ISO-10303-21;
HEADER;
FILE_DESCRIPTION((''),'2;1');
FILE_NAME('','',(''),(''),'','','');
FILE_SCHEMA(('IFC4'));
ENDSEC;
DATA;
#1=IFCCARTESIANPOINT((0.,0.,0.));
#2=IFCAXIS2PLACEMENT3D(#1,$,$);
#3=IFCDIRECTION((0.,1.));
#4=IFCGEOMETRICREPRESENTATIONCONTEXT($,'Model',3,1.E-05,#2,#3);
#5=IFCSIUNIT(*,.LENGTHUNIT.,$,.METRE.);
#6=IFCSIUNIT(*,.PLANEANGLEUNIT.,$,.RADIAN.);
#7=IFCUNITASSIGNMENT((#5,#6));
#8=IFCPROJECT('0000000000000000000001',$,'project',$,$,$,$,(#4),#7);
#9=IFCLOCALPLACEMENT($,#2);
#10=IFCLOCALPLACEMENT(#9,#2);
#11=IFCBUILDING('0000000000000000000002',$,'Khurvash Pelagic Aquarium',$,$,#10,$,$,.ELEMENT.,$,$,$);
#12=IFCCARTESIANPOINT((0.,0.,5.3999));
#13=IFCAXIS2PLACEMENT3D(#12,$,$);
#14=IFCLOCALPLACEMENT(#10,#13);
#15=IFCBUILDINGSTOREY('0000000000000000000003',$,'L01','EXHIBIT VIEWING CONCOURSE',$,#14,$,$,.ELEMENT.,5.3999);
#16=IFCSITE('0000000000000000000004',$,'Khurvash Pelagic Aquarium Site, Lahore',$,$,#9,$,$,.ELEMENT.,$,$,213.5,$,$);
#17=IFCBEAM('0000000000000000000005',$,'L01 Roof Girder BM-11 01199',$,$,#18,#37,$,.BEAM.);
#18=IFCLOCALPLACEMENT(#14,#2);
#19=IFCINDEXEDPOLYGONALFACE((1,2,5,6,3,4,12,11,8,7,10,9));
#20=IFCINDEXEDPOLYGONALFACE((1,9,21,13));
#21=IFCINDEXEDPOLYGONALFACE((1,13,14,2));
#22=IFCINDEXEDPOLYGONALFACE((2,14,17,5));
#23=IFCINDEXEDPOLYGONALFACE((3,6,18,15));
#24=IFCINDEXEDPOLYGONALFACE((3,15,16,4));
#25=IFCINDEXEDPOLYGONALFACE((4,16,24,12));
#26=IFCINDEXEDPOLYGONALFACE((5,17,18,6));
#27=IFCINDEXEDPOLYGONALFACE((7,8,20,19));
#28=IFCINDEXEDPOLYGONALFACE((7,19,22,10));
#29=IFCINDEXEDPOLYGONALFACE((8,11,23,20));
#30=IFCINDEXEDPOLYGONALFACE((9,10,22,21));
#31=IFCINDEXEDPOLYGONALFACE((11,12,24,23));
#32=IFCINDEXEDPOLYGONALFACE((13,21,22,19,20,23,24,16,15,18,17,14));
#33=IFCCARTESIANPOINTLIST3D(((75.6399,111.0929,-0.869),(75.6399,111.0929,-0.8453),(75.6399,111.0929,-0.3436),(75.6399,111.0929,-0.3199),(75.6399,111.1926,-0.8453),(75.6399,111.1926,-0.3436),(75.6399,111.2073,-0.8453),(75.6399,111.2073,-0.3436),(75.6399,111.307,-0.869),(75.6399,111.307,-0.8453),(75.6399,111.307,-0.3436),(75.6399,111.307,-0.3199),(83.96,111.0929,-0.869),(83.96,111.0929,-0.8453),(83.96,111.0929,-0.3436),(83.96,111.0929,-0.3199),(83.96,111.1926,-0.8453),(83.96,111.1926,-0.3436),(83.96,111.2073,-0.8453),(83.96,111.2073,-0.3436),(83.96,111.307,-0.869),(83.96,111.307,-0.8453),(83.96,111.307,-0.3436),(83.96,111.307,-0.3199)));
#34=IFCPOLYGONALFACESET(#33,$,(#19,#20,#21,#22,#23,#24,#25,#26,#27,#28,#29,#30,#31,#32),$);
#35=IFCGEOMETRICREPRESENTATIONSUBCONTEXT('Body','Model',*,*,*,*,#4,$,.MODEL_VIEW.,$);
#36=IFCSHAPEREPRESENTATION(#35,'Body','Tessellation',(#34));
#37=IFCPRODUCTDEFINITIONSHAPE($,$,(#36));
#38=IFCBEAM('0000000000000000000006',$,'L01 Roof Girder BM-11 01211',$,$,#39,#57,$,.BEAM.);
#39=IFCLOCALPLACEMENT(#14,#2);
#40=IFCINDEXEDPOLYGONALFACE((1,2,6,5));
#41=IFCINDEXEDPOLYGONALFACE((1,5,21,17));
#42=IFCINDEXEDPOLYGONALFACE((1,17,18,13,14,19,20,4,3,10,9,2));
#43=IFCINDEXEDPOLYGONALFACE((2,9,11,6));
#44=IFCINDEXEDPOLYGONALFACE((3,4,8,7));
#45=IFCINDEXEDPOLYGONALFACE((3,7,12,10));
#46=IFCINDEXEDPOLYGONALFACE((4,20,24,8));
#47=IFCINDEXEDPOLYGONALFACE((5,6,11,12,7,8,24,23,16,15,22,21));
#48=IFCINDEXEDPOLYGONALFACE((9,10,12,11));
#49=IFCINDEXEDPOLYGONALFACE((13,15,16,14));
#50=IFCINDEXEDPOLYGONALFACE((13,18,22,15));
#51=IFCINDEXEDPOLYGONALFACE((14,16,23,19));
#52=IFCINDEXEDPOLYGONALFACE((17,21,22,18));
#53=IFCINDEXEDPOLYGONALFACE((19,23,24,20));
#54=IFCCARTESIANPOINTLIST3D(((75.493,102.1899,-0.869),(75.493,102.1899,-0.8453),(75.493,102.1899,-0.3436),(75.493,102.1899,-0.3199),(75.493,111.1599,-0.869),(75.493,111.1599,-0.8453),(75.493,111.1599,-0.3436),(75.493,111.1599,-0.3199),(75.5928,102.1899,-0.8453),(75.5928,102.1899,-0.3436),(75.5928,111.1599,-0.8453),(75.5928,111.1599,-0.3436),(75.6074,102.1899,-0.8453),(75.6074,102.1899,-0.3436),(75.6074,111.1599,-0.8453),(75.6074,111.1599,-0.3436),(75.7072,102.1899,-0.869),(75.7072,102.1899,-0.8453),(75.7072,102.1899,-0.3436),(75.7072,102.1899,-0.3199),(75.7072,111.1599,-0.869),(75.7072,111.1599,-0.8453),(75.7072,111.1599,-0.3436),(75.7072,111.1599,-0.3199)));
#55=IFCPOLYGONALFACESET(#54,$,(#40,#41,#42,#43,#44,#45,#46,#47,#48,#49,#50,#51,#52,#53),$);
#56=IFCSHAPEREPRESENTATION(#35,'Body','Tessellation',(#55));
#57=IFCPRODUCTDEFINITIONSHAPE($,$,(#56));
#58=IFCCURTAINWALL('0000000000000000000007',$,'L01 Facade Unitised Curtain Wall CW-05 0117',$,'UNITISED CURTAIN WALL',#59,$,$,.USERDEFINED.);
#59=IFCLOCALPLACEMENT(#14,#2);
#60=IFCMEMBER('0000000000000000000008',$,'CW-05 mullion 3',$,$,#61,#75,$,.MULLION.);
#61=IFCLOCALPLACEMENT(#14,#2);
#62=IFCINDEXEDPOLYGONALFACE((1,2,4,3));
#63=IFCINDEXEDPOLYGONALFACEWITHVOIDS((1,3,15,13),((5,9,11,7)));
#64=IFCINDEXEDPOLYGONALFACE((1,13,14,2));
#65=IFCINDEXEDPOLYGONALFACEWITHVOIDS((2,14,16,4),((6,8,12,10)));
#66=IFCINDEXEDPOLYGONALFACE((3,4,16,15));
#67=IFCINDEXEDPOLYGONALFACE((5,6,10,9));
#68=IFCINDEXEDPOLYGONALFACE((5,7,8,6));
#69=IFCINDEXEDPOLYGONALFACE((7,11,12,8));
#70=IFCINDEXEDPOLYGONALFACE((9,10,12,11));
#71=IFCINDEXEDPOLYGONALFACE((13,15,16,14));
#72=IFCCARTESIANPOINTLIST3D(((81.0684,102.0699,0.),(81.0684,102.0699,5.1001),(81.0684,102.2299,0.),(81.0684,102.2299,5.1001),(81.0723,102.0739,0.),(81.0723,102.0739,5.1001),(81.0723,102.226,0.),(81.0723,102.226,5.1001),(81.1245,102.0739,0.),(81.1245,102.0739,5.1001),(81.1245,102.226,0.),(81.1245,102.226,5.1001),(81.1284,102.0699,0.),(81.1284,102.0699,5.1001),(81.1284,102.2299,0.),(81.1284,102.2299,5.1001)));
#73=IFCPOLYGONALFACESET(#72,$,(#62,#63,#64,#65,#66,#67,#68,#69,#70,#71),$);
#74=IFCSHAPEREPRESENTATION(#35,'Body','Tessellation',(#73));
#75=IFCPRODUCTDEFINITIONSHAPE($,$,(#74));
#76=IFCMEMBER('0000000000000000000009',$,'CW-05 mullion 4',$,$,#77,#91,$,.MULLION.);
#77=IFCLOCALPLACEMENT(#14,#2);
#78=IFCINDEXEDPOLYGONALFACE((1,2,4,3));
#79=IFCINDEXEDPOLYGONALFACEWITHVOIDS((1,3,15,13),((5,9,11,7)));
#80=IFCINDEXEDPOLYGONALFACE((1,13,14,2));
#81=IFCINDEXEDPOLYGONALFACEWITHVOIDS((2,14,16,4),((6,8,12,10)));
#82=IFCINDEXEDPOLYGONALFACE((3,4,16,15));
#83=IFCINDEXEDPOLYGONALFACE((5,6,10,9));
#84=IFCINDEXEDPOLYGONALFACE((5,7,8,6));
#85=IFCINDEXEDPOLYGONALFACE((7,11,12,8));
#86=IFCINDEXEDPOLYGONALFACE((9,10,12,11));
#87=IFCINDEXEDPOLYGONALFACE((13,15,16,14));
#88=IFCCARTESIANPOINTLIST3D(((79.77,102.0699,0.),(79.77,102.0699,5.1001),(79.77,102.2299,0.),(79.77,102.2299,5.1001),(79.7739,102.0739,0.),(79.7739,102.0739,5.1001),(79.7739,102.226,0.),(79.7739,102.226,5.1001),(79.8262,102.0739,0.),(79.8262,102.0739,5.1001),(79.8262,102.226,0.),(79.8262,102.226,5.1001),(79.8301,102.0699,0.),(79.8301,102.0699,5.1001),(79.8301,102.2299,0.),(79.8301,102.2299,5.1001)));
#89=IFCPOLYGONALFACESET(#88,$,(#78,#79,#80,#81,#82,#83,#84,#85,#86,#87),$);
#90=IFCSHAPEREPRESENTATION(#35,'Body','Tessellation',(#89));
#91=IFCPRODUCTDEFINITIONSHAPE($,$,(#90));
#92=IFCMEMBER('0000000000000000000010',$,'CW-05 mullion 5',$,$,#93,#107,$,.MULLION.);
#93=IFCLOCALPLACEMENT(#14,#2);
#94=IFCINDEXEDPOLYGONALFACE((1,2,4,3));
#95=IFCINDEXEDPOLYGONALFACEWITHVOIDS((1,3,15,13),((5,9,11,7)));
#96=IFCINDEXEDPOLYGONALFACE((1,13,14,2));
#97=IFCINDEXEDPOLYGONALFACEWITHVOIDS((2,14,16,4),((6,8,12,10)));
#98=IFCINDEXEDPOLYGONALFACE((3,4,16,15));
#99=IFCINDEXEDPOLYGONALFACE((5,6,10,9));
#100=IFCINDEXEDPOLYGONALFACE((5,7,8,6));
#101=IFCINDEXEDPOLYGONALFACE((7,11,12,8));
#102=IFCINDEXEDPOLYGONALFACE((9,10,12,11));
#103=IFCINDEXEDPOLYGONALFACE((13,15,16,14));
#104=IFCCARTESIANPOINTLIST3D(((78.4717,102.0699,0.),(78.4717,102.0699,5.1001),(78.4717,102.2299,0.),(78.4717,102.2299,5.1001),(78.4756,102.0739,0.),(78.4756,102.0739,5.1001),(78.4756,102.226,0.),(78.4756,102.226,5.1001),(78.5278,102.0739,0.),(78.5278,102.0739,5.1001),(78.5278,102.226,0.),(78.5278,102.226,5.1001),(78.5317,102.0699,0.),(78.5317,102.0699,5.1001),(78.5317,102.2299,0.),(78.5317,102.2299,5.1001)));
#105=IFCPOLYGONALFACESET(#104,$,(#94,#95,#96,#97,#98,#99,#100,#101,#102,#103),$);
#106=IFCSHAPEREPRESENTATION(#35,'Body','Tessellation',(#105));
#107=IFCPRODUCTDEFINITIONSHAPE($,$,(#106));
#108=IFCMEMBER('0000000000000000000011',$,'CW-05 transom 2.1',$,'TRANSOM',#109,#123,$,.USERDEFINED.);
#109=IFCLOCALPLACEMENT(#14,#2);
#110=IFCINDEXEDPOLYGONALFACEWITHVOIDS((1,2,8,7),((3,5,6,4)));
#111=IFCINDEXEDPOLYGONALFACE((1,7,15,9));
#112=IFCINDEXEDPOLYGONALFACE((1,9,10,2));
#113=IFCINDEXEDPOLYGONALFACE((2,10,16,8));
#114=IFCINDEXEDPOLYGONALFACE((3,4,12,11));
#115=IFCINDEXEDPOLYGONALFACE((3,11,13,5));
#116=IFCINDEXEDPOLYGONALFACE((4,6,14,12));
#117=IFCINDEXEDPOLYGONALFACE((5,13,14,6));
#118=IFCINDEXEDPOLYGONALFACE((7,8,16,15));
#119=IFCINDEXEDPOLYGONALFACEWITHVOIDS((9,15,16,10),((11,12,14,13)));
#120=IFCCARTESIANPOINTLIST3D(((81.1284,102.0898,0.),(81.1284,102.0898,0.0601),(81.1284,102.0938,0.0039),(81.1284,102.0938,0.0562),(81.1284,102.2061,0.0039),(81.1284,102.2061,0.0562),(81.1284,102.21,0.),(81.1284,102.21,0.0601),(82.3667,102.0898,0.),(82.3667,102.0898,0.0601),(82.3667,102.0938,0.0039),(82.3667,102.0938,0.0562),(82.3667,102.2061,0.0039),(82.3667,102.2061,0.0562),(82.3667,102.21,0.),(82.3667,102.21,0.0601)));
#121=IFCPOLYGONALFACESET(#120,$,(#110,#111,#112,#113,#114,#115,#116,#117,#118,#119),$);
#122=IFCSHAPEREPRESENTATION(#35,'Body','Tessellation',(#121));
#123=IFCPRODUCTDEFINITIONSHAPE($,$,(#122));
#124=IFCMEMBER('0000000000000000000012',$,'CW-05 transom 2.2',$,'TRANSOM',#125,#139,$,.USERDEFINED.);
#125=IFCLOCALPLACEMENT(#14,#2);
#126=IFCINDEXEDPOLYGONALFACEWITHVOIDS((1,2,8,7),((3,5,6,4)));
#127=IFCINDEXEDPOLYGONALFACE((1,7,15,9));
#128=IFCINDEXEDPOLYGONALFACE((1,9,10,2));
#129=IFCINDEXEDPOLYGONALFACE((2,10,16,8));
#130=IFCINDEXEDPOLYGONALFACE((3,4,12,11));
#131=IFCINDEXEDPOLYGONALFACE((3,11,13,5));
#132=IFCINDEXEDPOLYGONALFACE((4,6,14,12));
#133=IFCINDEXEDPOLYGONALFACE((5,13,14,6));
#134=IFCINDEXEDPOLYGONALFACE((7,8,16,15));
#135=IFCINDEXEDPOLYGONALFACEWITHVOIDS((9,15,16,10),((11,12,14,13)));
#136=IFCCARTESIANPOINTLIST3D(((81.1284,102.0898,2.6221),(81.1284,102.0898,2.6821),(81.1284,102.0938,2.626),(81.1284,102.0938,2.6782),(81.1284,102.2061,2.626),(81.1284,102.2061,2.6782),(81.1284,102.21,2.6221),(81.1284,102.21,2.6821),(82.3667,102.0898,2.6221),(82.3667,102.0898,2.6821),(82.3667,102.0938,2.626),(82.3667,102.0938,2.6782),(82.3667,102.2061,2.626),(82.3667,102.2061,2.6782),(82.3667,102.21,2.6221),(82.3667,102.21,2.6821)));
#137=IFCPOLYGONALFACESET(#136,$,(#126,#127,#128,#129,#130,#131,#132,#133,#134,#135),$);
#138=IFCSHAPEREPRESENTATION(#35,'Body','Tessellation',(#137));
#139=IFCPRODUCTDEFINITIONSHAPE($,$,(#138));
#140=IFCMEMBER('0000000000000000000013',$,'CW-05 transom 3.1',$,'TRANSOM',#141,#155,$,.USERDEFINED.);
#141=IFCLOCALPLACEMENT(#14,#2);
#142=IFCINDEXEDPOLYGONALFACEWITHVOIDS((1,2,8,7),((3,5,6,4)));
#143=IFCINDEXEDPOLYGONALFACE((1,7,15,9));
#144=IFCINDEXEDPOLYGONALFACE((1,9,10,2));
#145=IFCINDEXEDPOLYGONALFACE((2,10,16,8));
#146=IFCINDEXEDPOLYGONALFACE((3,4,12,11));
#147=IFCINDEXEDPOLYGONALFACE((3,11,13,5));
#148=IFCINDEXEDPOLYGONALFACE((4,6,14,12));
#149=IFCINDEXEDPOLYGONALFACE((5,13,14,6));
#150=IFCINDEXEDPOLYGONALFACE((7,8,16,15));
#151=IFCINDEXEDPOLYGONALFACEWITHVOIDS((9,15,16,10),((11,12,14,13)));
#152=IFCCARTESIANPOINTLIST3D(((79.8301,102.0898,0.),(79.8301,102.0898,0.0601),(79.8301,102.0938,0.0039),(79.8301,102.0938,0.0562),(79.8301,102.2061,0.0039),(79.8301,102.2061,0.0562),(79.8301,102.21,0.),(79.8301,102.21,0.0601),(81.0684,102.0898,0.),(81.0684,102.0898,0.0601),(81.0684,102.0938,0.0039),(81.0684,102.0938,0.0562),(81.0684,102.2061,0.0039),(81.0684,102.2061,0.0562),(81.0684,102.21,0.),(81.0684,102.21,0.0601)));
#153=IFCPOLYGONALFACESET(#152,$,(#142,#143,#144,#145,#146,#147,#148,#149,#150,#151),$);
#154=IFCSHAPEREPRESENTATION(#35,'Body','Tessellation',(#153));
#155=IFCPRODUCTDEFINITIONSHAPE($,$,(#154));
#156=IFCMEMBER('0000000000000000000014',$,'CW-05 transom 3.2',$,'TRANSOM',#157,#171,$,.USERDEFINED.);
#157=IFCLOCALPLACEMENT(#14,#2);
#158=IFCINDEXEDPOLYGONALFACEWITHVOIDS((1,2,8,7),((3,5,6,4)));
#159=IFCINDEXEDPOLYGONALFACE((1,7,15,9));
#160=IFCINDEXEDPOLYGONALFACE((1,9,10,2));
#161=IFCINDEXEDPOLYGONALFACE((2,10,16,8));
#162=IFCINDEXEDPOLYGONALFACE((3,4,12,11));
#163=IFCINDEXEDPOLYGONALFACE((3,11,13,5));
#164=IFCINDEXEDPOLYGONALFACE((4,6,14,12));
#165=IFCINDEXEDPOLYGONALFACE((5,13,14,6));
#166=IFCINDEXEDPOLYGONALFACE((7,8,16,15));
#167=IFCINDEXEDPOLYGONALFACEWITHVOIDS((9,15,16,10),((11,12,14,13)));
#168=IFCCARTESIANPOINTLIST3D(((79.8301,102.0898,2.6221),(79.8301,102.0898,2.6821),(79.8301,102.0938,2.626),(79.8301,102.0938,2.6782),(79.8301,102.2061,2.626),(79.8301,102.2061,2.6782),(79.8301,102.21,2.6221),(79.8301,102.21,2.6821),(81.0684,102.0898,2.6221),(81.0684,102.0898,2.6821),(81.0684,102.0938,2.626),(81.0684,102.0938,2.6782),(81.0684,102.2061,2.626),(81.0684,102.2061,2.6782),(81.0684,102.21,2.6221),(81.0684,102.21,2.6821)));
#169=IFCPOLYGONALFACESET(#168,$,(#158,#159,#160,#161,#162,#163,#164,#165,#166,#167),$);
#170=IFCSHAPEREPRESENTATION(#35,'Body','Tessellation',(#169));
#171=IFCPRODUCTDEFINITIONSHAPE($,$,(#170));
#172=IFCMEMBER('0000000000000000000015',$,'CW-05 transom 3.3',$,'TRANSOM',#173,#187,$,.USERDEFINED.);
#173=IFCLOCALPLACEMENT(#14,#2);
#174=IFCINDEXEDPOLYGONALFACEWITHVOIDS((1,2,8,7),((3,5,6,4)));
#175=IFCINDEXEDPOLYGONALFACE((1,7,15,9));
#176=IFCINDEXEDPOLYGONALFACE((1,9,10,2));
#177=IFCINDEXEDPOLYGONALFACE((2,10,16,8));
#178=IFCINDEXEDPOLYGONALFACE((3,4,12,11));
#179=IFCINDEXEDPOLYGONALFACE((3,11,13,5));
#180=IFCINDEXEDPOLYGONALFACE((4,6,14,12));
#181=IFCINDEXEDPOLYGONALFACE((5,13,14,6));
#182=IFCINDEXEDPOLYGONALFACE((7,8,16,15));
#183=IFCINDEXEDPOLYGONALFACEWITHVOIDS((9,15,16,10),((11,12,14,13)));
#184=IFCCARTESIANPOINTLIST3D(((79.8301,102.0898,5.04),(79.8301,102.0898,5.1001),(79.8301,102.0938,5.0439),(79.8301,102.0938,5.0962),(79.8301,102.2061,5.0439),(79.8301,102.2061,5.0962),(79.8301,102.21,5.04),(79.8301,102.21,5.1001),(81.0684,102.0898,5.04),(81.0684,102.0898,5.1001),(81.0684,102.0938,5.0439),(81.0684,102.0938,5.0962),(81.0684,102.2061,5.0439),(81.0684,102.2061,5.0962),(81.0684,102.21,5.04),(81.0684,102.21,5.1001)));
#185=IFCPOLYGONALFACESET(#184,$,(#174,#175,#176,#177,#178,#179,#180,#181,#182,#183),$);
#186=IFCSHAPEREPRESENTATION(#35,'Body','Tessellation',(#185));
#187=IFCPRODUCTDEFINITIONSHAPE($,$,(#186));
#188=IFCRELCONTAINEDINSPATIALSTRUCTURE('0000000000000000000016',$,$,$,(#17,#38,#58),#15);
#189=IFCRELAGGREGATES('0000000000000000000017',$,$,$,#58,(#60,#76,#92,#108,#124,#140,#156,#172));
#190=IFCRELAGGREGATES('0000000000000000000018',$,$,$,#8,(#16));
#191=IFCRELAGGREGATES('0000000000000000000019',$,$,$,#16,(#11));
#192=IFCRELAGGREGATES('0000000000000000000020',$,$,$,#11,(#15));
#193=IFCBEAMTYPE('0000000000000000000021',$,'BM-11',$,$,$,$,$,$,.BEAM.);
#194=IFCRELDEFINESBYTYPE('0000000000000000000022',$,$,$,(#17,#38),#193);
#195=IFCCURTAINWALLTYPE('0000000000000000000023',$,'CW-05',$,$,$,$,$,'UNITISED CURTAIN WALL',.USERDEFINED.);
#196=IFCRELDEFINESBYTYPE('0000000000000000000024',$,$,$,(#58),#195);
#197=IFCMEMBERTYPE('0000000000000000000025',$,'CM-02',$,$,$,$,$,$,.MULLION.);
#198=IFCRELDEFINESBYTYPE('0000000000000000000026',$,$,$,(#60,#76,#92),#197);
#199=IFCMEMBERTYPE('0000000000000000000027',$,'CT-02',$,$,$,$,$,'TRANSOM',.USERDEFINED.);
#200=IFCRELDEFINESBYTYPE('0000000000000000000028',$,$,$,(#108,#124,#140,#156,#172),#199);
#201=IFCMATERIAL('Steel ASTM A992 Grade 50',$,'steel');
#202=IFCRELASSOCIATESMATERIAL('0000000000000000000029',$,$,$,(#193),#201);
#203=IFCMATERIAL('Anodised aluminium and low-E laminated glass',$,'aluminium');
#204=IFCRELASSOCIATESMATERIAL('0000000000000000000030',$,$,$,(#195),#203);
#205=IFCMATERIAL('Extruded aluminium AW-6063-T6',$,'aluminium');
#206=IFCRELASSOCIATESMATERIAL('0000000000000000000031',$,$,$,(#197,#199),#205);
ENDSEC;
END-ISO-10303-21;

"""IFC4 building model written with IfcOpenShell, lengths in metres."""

from ifc_helpers import new_model, si_unit, direction, frame, origin, origin_2d, place, context, subcontext, project, spatial, hollow_rectangle, i_section, extrude, material, material_profile, profile_set, type_object, element, aggregate, save


model = new_model("IFC4")

# Units and contexts
model_context = context("Model", 3, precision=1e-05, world=origin(), true_north=direction((0.0, 1.0)))
body_context = subcontext(model_context, "Body", "Model", "MODEL_VIEW")
ifc_project = project(units=[si_unit("LENGTHUNIT", "METRE"), si_unit("PLANEANGLEUNIT", "RADIAN")], contexts=[model_context])

# Site, building, storey
site_placement = place(None, origin())
site = spatial("IfcSite", under=ifc_project, at=site_placement, Name="Khurvash Pelagic Aquarium Site, Lahore", CompositionType="ELEMENT", RefElevation=213.5)
building_placement = place(site_placement, origin())
building = spatial("IfcBuilding", under=site, at=building_placement, Name="Khurvash Pelagic Aquarium", CompositionType="ELEMENT")
storey_placement = place(building_placement, frame((0.0, 0.0, 5.3999)))
storey = spatial("IfcBuildingStorey", under=building, at=storey_placement, Name="L01", Description="EXHIBIT VIEWING CONCOURSE", CompositionType="ELEMENT", Elevation=5.3999)

# Beams
ifc_material_1 = material(Name="Steel ASTM A992 Grade 50", Category="steel")
ifc_material_profile_1 = material_profile(ifc_material_1, i_section(OverallWidth=0.2141, OverallDepth=0.5491, WebThickness=0.0146, FlangeThickness=0.0237, at=origin_2d()), Name="W21X93")
ifc_profile_set_1 = profile_set([ifc_material_profile_1], Name="Steel ASTM A992 Grade 50")
beam_type = type_object("IfcBeamType", Name="BM-11", PredefinedType="BEAM", material=ifc_profile_set_1)
beam_1_placement = place(storey_placement, frame((75.6399, 111.2, -0.5945), z_axis=(1.0, 0.0, 0.0), x_axis=(0.0, 1.0, 0.0)))
element("IfcBeam", 1, at=beam_1_placement, inside=storey, type_object=beam_type, Name="L01 Roof Girder BM-11 01199", PredefinedType="BEAM", context=body_context, shape_type="SweptSolid", body=[
    extrude(i_section(OverallWidth=0.2141, OverallDepth=0.5491, WebThickness=0.0146, FlangeThickness=0.0237, at=origin_2d()), origin(), (0.0, 0.0, 1.0), 8.3201),
])
beam_2_placement = place(storey_placement, frame((75.6001, 102.1899, -0.5945), z_axis=(0.0, 1.0, 0.0), x_axis=(-1.0, 0.0, 0.0)))
element("IfcBeam", 2, at=beam_2_placement, inside=storey, type_object=beam_type, Name="L01 Roof Girder BM-11 01211", PredefinedType="BEAM", context=body_context, shape_type="SweptSolid", body=[
    extrude(i_section(OverallWidth=0.2141, OverallDepth=0.5491, WebThickness=0.0146, FlangeThickness=0.0237, at=origin_2d()), origin(), (0.0, 0.0, 1.0), 8.97),
])

# Curtain wall, members
ifc_material_2 = material(Name="Anodised aluminium and low-E laminated glass", Category="aluminium")
curtain_wall_type = type_object("IfcCurtainWallType", Name="CW-05", ElementType="UNITISED CURTAIN WALL", PredefinedType="USERDEFINED", material=ifc_material_2)
curtain_wall_placement = place(storey_placement, origin())
curtain_wall = element("IfcCurtainWall", 3, at=curtain_wall_placement, inside=storey, type_object=curtain_wall_type, Name="L01 Facade Unitised Curtain Wall CW-05 0117", ObjectType="UNITISED CURTAIN WALL", PredefinedType="USERDEFINED")
ifc_material_3 = material(Name="Extruded aluminium AW-6063-T6", Category="aluminium")
ifc_material_profile_2 = material_profile(ifc_material_3, hollow_rectangle(XDim=0.0601, YDim=0.1599, WallThickness=0.0039, at=origin_2d()), Name="CWM60X160X4")
ifc_profile_set_2 = profile_set([ifc_material_profile_2], Name="Extruded aluminium AW-6063-T6")
member_type_1 = type_object("IfcMemberType", Name="CM-02", PredefinedType="MULLION", material=ifc_profile_set_2)
member_1_placement = place(storey_placement, frame((81.0984, 102.1499, 0.0), z_axis=(0.0, 0.0, 1.0), x_axis=(-1.0, 0.0, 0.0)))
member_1 = element("IfcMember", 4, at=member_1_placement, type_object=member_type_1, Name="CW-05 mullion 3", PredefinedType="MULLION", context=body_context, shape_type="SweptSolid", body=[
    extrude(hollow_rectangle(XDim=0.0601, YDim=0.1599, WallThickness=0.0039, at=origin_2d()), origin(), (0.0, 0.0, 1.0), 5.1001),
])
member_2_placement = place(storey_placement, frame((79.8, 102.1499, 0.0), z_axis=(0.0, 0.0, 1.0), x_axis=(-1.0, 0.0, 0.0)))
member_2 = element("IfcMember", 5, at=member_2_placement, type_object=member_type_1, Name="CW-05 mullion 4", PredefinedType="MULLION", context=body_context, shape_type="SweptSolid", body=[
    extrude(hollow_rectangle(XDim=0.0601, YDim=0.1599, WallThickness=0.0039, at=origin_2d()), origin(), (0.0, 0.0, 1.0), 5.1001),
])
member_3_placement = place(storey_placement, frame((78.5017, 102.1499, 0.0), z_axis=(0.0, 0.0, 1.0), x_axis=(-1.0, 0.0, 0.0)))
member_3 = element("IfcMember", 6, at=member_3_placement, type_object=member_type_1, Name="CW-05 mullion 5", PredefinedType="MULLION", context=body_context, shape_type="SweptSolid", body=[
    extrude(hollow_rectangle(XDim=0.0601, YDim=0.1599, WallThickness=0.0039, at=origin_2d()), origin(), (0.0, 0.0, 1.0), 5.1001),
])
ifc_material_profile_3 = material_profile(ifc_material_3, hollow_rectangle(XDim=0.1201, YDim=0.0601, WallThickness=0.0039, at=origin_2d()), Name="CWT120X60X4")
ifc_profile_set_3 = profile_set([ifc_material_profile_3], Name="Extruded aluminium AW-6063-T6")
member_type_2 = type_object("IfcMemberType", Name="CT-02", ElementType="TRANSOM", PredefinedType="USERDEFINED", material=ifc_profile_set_3)
member_4_placement = place(storey_placement, frame((82.3667, 102.1499, 0.03), z_axis=(-1.0, 0.0, 0.0), x_axis=(0.0, -1.0, 0.0)))
member_4 = element("IfcMember", 7, at=member_4_placement, type_object=member_type_2, Name="CW-05 transom 2.1", ObjectType="TRANSOM", PredefinedType="USERDEFINED", context=body_context, shape_type="SweptSolid", body=[
    extrude(hollow_rectangle(XDim=0.1201, YDim=0.0601, WallThickness=0.0039, at=origin_2d()), origin(), (0.0, 0.0, 1.0), 1.2383),
])
member_5_placement = place(storey_placement, frame((82.3667, 102.1499, 2.6521), z_axis=(-1.0, 0.0, 0.0), x_axis=(0.0, -1.0, 0.0)))
member_5 = element("IfcMember", 8, at=member_5_placement, type_object=member_type_2, Name="CW-05 transom 2.2", ObjectType="TRANSOM", PredefinedType="USERDEFINED", context=body_context, shape_type="SweptSolid", body=[
    extrude(hollow_rectangle(XDim=0.1201, YDim=0.0601, WallThickness=0.0039, at=origin_2d()), origin(), (0.0, 0.0, 1.0), 1.2383),
])
member_6_placement = place(storey_placement, frame((81.0684, 102.1499, 0.03), z_axis=(-1.0, 0.0, 0.0), x_axis=(0.0, -1.0, 0.0)))
member_6 = element("IfcMember", 9, at=member_6_placement, type_object=member_type_2, Name="CW-05 transom 3.1", ObjectType="TRANSOM", PredefinedType="USERDEFINED", context=body_context, shape_type="SweptSolid", body=[
    extrude(hollow_rectangle(XDim=0.1201, YDim=0.0601, WallThickness=0.0039, at=origin_2d()), origin(), (0.0, 0.0, 1.0), 1.2383),
])
member_7_placement = place(storey_placement, frame((81.0684, 102.1499, 2.6521), z_axis=(-1.0, 0.0, 0.0), x_axis=(0.0, -1.0, 0.0)))
member_7 = element("IfcMember", 10, at=member_7_placement, type_object=member_type_2, Name="CW-05 transom 3.2", ObjectType="TRANSOM", PredefinedType="USERDEFINED", context=body_context, shape_type="SweptSolid", body=[
    extrude(hollow_rectangle(XDim=0.1201, YDim=0.0601, WallThickness=0.0039, at=origin_2d()), origin(), (0.0, 0.0, 1.0), 1.2383),
])
member_8_placement = place(storey_placement, frame((81.0684, 102.1499, 5.0701), z_axis=(-1.0, 0.0, 0.0), x_axis=(0.0, -1.0, 0.0)))
member_8 = element("IfcMember", 11, at=member_8_placement, type_object=member_type_2, Name="CW-05 transom 3.3", ObjectType="TRANSOM", PredefinedType="USERDEFINED", context=body_context, shape_type="SweptSolid", body=[
    extrude(hollow_rectangle(XDim=0.1201, YDim=0.0601, WallThickness=0.0039, at=origin_2d()), origin(), (0.0, 0.0, 1.0), 1.2383),
])
aggregate(curtain_wall, [member_1, member_2, member_3, member_4, member_5, member_6, member_7, member_8])

save(model, "model.ifc")
